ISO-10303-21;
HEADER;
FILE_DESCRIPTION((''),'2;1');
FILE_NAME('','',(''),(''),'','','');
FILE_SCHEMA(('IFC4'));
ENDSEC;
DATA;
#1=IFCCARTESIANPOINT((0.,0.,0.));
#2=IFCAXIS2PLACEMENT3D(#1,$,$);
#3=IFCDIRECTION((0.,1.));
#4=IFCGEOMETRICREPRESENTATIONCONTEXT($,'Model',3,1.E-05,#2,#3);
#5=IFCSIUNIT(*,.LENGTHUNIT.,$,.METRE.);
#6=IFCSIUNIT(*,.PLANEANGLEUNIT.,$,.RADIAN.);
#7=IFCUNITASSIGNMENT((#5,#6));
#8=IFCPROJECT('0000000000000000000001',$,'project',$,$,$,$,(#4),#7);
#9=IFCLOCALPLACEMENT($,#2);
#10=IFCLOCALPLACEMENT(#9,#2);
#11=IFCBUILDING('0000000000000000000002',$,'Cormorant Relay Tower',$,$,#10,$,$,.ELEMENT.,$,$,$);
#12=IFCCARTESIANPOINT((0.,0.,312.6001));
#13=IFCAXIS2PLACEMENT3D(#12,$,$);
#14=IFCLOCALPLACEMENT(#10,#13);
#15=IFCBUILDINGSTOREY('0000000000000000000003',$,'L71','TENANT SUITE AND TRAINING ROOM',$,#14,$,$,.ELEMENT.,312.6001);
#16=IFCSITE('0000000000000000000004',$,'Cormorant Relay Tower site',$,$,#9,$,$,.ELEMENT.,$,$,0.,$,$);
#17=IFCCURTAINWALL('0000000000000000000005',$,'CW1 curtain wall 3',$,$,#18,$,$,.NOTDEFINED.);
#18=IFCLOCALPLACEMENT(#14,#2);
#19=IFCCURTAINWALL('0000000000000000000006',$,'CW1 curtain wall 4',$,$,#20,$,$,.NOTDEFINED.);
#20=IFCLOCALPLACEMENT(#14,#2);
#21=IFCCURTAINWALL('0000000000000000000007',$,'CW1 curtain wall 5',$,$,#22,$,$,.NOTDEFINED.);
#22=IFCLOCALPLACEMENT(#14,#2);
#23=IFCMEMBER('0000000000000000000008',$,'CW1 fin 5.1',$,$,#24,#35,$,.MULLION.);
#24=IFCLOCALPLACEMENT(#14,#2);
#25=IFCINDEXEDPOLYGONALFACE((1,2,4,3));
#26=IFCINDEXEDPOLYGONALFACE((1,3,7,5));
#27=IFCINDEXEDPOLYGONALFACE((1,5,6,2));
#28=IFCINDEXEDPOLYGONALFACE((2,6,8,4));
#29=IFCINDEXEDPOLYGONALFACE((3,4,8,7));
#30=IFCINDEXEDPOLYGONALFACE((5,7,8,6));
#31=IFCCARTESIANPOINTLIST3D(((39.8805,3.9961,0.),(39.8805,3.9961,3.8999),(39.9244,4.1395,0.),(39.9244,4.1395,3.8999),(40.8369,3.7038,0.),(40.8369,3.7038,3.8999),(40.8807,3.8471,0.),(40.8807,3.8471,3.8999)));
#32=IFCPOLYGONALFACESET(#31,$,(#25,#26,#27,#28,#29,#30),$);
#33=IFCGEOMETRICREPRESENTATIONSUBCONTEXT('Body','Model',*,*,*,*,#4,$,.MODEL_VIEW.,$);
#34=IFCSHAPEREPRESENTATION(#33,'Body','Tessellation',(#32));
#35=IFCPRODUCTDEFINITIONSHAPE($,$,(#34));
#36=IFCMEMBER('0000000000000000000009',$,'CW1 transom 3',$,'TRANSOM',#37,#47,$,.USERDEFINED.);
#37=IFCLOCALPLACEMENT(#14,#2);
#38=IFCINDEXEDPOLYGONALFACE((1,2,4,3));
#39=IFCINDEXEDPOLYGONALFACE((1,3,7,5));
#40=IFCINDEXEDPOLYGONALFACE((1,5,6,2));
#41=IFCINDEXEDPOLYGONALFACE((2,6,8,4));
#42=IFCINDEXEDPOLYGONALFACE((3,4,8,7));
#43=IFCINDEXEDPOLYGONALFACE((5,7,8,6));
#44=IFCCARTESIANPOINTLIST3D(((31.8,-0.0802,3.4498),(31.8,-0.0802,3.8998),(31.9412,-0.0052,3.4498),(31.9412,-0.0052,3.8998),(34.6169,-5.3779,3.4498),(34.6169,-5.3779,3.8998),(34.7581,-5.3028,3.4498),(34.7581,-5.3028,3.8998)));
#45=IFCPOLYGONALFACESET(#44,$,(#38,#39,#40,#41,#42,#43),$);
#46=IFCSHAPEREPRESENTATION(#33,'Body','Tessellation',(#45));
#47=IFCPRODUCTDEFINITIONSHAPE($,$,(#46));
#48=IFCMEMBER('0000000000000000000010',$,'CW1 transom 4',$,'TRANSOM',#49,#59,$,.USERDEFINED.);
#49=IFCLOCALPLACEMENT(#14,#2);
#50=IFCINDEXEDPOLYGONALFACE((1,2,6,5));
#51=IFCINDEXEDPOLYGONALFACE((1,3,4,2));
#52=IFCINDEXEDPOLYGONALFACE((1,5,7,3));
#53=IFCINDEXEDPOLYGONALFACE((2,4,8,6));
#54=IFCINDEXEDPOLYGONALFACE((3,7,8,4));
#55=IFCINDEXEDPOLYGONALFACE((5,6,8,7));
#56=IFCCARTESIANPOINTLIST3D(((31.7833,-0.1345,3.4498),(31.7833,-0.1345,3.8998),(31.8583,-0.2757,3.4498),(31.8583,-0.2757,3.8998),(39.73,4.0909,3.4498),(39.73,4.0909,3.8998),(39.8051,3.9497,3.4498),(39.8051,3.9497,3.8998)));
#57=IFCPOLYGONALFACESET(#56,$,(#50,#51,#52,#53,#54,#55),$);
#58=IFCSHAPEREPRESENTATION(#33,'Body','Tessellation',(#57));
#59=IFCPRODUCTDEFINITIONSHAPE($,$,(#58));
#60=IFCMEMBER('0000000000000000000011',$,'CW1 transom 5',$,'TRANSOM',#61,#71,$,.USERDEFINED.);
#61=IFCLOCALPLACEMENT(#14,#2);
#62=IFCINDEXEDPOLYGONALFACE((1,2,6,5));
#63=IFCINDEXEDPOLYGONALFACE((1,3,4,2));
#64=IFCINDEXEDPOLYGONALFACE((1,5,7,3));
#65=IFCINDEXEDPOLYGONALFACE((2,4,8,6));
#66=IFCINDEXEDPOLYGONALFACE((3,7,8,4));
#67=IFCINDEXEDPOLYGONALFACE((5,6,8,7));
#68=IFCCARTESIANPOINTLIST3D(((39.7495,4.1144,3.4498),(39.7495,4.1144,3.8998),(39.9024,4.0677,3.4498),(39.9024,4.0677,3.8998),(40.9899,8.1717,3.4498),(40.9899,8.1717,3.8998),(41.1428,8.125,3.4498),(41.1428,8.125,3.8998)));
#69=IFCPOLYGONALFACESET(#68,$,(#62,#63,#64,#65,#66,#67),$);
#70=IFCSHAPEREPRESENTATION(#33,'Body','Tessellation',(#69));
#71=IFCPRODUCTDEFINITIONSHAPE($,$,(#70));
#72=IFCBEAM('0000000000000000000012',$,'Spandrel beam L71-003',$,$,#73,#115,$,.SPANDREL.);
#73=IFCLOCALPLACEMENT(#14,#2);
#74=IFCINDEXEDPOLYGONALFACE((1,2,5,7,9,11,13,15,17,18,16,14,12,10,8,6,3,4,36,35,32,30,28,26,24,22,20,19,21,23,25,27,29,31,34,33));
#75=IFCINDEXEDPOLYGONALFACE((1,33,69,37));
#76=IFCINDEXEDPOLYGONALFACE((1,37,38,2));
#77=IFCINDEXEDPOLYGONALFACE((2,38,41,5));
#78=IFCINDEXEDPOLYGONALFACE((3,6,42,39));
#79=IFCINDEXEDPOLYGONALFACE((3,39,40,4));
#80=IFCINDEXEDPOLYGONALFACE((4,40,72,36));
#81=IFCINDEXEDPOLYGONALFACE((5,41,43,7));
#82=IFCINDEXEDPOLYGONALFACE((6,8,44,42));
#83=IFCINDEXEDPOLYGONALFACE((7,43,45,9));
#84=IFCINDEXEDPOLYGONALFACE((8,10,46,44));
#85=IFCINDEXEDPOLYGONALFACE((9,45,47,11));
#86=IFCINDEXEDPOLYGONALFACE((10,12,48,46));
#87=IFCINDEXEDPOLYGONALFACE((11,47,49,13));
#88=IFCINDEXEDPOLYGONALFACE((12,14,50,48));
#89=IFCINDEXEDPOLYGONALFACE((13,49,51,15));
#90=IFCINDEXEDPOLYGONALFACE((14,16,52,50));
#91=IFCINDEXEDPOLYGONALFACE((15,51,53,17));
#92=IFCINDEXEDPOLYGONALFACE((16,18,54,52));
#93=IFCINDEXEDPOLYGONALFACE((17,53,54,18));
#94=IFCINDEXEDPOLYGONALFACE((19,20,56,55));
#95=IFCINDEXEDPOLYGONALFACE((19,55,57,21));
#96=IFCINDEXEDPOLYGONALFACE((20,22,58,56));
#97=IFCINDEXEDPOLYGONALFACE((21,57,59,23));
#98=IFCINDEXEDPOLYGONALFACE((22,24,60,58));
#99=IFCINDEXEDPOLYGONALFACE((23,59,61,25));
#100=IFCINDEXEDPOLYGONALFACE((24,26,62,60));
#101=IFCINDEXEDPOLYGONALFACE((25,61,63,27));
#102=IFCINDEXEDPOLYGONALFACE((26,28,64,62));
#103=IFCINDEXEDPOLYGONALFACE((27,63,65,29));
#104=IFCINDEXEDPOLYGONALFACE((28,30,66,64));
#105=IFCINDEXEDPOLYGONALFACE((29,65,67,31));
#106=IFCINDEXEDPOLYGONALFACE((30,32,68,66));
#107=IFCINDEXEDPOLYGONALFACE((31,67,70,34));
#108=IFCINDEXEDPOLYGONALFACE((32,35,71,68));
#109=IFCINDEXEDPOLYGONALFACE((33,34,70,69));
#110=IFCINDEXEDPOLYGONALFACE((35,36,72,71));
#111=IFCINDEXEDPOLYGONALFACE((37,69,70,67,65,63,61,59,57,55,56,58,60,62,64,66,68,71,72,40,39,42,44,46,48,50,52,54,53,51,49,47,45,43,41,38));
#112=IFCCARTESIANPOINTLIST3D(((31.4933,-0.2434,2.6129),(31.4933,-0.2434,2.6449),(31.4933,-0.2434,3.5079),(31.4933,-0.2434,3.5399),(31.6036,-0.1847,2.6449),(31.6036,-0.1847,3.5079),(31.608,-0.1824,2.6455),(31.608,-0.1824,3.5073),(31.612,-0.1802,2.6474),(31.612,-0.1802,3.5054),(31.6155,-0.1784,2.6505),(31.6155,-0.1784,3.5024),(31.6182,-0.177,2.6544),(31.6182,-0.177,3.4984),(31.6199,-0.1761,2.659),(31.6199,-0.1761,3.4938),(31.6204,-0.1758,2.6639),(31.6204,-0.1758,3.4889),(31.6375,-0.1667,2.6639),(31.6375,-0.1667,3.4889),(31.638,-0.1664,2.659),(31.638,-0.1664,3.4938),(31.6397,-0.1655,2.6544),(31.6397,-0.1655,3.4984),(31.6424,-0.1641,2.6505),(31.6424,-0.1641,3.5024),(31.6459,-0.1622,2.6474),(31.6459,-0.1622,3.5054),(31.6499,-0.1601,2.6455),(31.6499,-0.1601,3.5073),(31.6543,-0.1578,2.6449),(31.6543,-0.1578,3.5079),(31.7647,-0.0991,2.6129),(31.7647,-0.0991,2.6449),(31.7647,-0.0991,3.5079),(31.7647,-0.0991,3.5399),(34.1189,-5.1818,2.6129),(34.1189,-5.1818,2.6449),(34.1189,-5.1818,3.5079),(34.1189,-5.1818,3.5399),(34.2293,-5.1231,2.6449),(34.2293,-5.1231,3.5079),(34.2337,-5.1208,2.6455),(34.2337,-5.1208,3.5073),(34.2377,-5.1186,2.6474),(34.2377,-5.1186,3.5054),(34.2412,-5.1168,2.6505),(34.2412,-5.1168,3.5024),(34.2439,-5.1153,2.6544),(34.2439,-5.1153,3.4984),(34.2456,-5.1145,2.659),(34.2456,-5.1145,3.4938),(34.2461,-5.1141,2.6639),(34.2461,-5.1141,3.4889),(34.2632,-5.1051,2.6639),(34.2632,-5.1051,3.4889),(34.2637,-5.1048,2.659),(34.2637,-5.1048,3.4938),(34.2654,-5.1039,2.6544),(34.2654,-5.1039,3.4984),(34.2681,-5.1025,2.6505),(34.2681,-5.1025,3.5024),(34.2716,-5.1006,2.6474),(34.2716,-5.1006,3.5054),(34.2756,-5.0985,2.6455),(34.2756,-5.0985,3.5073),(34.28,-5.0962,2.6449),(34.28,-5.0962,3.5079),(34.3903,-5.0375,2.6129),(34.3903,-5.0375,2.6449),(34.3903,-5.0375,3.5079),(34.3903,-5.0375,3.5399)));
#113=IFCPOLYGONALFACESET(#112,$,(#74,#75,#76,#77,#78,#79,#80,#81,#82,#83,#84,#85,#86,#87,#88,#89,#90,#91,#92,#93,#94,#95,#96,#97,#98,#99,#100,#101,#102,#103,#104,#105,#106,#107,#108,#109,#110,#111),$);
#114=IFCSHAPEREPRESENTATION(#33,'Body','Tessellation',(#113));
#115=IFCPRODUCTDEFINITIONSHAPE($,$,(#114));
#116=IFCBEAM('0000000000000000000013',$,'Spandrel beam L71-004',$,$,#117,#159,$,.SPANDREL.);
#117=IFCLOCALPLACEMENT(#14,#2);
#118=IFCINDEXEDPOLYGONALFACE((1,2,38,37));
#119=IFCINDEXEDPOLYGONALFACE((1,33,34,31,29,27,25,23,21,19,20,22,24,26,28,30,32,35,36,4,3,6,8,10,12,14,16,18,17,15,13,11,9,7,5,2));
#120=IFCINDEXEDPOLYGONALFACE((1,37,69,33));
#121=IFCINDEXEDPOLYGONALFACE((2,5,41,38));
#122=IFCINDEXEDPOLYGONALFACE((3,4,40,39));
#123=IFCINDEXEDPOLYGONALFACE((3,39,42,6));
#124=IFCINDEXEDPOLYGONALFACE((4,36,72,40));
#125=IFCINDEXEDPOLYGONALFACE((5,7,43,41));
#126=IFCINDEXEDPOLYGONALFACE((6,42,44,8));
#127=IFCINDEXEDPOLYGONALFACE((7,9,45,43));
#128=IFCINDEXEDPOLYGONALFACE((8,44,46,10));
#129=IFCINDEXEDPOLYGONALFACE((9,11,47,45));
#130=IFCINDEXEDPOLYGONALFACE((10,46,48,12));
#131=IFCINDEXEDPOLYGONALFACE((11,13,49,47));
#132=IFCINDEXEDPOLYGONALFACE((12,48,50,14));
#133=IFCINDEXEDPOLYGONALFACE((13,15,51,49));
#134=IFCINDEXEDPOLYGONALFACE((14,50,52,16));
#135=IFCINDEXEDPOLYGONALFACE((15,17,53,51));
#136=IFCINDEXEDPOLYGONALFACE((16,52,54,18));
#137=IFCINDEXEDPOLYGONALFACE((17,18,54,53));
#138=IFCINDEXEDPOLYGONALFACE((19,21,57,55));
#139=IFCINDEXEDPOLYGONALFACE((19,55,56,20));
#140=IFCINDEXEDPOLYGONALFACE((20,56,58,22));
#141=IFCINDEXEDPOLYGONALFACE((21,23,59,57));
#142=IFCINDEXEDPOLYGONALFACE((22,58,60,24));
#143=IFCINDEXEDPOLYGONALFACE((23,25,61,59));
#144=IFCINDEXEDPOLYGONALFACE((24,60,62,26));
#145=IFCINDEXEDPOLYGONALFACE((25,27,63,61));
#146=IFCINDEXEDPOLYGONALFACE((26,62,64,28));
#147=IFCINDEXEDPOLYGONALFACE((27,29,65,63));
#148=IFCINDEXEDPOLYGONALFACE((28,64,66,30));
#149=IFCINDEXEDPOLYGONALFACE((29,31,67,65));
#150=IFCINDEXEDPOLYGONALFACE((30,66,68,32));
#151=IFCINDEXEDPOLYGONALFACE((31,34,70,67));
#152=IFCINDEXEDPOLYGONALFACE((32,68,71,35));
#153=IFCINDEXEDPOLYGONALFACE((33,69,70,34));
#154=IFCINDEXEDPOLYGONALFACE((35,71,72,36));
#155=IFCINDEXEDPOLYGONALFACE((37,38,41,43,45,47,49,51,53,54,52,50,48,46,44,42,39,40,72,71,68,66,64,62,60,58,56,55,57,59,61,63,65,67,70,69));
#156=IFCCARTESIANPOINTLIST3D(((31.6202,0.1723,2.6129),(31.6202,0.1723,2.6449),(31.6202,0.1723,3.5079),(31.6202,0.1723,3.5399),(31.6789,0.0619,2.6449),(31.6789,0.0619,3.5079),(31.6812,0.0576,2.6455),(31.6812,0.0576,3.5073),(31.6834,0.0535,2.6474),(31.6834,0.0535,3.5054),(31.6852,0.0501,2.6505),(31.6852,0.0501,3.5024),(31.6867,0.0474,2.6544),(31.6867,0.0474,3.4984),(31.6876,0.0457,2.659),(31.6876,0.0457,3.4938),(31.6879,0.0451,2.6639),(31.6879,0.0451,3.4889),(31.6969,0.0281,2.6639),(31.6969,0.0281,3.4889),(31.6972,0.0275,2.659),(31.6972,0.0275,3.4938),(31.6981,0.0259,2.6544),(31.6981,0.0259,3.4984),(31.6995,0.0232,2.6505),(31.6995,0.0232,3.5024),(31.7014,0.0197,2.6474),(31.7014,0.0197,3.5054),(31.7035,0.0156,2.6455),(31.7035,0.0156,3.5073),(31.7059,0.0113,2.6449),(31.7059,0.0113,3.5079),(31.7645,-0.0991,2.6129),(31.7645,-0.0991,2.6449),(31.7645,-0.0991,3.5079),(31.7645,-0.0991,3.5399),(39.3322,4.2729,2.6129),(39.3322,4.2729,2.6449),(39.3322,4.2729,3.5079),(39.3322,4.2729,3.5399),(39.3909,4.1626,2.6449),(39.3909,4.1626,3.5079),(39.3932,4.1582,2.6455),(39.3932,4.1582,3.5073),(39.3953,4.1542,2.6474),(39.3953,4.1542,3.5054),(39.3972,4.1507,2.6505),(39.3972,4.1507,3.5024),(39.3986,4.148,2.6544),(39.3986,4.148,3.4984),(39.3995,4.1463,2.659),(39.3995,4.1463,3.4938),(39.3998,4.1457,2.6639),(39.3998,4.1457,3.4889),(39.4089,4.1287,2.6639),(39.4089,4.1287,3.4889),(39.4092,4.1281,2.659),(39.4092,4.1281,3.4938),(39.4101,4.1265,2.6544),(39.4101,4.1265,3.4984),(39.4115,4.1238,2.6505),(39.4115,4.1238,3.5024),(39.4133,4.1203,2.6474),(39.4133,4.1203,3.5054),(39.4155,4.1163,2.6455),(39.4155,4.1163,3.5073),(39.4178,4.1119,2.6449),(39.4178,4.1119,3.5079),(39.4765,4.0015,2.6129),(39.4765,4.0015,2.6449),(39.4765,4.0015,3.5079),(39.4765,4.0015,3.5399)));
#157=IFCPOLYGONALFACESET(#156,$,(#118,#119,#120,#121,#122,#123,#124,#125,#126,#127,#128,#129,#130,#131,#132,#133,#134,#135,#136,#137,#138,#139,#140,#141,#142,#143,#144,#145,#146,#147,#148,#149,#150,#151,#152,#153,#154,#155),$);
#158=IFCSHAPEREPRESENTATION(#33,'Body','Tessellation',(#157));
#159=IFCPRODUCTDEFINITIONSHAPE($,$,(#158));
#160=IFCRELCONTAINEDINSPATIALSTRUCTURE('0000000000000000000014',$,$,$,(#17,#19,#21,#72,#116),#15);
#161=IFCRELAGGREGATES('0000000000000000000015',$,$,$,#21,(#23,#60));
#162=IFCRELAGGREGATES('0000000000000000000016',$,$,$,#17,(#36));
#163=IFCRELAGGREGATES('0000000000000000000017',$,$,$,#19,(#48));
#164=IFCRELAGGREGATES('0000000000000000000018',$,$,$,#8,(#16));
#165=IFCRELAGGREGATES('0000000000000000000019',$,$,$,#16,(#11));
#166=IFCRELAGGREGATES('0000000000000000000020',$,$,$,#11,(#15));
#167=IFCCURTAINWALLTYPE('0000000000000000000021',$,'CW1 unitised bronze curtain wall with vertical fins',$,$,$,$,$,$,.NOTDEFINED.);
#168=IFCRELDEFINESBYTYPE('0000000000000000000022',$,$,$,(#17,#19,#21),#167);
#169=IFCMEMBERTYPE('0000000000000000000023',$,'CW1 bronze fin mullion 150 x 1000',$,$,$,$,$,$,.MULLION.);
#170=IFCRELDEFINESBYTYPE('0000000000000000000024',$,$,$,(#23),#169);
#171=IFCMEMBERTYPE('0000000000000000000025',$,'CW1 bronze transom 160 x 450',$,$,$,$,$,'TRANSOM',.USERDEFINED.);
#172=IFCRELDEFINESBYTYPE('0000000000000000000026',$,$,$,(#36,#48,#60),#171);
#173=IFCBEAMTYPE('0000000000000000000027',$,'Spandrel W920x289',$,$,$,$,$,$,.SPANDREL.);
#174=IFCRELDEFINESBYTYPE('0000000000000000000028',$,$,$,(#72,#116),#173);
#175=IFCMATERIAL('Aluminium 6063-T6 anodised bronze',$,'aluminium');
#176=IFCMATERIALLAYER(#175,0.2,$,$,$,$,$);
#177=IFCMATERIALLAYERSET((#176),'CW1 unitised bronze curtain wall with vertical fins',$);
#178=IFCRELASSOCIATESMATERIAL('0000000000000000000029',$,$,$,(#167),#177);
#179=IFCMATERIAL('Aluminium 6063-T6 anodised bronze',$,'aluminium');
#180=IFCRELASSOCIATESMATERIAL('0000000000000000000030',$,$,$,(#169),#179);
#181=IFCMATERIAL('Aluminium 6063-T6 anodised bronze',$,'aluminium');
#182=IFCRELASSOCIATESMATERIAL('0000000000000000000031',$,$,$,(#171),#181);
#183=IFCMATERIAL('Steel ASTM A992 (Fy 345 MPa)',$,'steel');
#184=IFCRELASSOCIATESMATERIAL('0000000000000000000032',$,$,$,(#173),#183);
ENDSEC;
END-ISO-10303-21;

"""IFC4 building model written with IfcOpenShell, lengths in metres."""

from ifc_helpers import new_model, si_unit, direction, frame, origin, origin_2d, place, context, subcontext, project, spatial, rectangle, i_section, extrude, material, layer, layer_set, material_profile, profile_set, type_object, element, aggregate, save


model = new_model("IFC4")

# Units and contexts
model_context = context("Model", 3, precision=1e-05, world=origin(), true_north=direction((0.0, 1.0)))
body_context = subcontext(model_context, "Body", "Model", "MODEL_VIEW")
ifc_project = project(units=[si_unit("LENGTHUNIT", "METRE"), si_unit("PLANEANGLEUNIT", "RADIAN")], contexts=[model_context])

# Site, building, storey
site_placement = place(None, origin())
site = spatial("IfcSite", under=ifc_project, at=site_placement, Name="Cormorant Relay Tower site", CompositionType="ELEMENT", RefElevation=0.0)
building_placement = place(site_placement, origin())
building = spatial("IfcBuilding", under=site, at=building_placement, Name="Cormorant Relay Tower", CompositionType="ELEMENT")
storey_placement = place(building_placement, frame((0.0, 0.0, 312.6001)))
storey = spatial("IfcBuildingStorey", under=building, at=storey_placement, Name="L71", Description="TENANT SUITE AND TRAINING ROOM", CompositionType="ELEMENT", Elevation=312.6001)

# Curtain wall
ifc_material_1 = material(Name="Aluminium 6063-T6 anodised bronze", Category="aluminium")
ifc_layer_1 = layer(ifc_material_1, 0.2)
ifc_layer_set_1 = layer_set([ifc_layer_1], Name="CW1 unitised bronze curtain wall with vertical fins")
curtain_wall_type = type_object("IfcCurtainWallType", Name="CW1 unitised bronze curtain wall with vertical fins", PredefinedType="NOTDEFINED", material=ifc_layer_set_1)
ifc_material_2 = material(Name="Aluminium 6063-T6 anodised bronze", Category="aluminium")
ifc_material_profile_1 = material_profile(ifc_material_2, rectangle(XDim=0.1499, YDim=1.0, at=origin_2d()), Name="AL 150x1000")
ifc_profile_set_1 = profile_set([ifc_material_profile_1], Name="Aluminium 6063-T6 anodised bronze")
member_type_1 = type_object("IfcMemberType", Name="CW1 bronze fin mullion 150 x 1000", PredefinedType="MULLION", material=ifc_profile_set_1)
curtain_wall_1_placement = place(storey_placement, origin())
curtain_wall_1 = element("IfcCurtainWall", 1, at=curtain_wall_1_placement, inside=storey, type_object=curtain_wall_type, Name="CW1 curtain wall 3", PredefinedType="NOTDEFINED")

# Curtain wall
curtain_wall_2_placement = place(storey_placement, origin())
curtain_wall_2 = element("IfcCurtainWall", 2, at=curtain_wall_2_placement, inside=storey, type_object=curtain_wall_type, Name="CW1 curtain wall 4", PredefinedType="NOTDEFINED")

# Curtain wall, member
curtain_wall_3_placement = place(storey_placement, origin())
curtain_wall_3 = element("IfcCurtainWall", 3, at=curtain_wall_3_placement, inside=storey, type_object=curtain_wall_type, Name="CW1 curtain wall 5", PredefinedType="NOTDEFINED")
member_1_placement = place(storey_placement, frame((40.3806, 3.9216, 0.0), z_axis=(0.0, 0.0, 1.0), x_axis=(0.292372, 0.956305, 0.0)))
member_1 = element("IfcMember", 4, at=member_1_placement, type_object=member_type_1, Name="CW1 fin 5.1", PredefinedType="MULLION", context=body_context, shape_type="SweptSolid", body=[
    extrude(rectangle(XDim=0.1499, YDim=1.0, at=origin_2d()), origin(), (0.0, 0.0, 1.0), 3.8999),
])

# Members
ifc_material_3 = material(Name="Aluminium 6063-T6 anodised bronze", Category="aluminium")
ifc_material_profile_2 = material_profile(ifc_material_3, rectangle(XDim=0.1599, YDim=0.45, at=origin_2d()), Name="AL 160x450")
ifc_profile_set_2 = profile_set([ifc_material_profile_2], Name="Aluminium 6063-T6 anodised bronze")
member_type_2 = type_object("IfcMemberType", Name="CW1 bronze transom 160 x 450", ElementType="TRANSOM", PredefinedType="USERDEFINED", material=ifc_profile_set_2)
member_2_placement = place(storey_placement, frame((34.6875, -5.3403, 3.6748), z_axis=(-0.469485, 0.88294, 0.0), x_axis=(-0.88294, -0.469485, 0.0)))
member_2 = element("IfcMember", 5, at=member_2_placement, type_object=member_type_2, Name="CW1 transom 3", ObjectType="TRANSOM", PredefinedType="USERDEFINED", context=body_context, shape_type="SweptSolid", body=[
    extrude(rectangle(XDim=0.1599, YDim=0.45, at=origin_2d()), origin(), (0.0, 0.0, 1.0), 6.0),
])
member_3_placement = place(storey_placement, frame((31.8208, -0.2051, 3.6748), z_axis=(0.882949, 0.469469, 0.0), x_axis=(-0.469469, 0.882949, 0.0)))
member_3 = element("IfcMember", 6, at=member_3_placement, type_object=member_type_2, Name="CW1 transom 4", ObjectType="TRANSOM", PredefinedType="USERDEFINED", context=body_context, shape_type="SweptSolid", body=[
    extrude(rectangle(XDim=0.1599, YDim=0.45, at=origin_2d()), origin(), (0.0, 0.0, 1.0), 9.0002),
])
member_4_placement = place(storey_placement, frame((39.8259, 4.0911, 3.6748), z_axis=(0.292375, 0.956304, 0.0), x_axis=(-0.956304, 0.292375, 0.0)))
member_4 = element("IfcMember", 7, at=member_4_placement, type_object=member_type_2, Name="CW1 transom 5", ObjectType="TRANSOM", PredefinedType="USERDEFINED", context=body_context, shape_type="SweptSolid", body=[
    extrude(rectangle(XDim=0.1599, YDim=0.45, at=origin_2d()), origin(), (0.0, 0.0, 1.0), 4.2427),
])
aggregate(curtain_wall_3, [member_1, member_4])

# Beams
ifc_material_4 = material(Name="Steel ASTM A992 (Fy 345 MPa)", Category="steel")
ifc_material_profile_3 = material_profile(ifc_material_4, i_section(OverallWidth=0.3074, OverallDepth=0.927, WebThickness=0.0193, FlangeThickness=0.032, FilletRadius=0.019, at=origin_2d()), Name="W920x289")
ifc_profile_set_3 = profile_set([ifc_material_profile_3], Name="Steel ASTM A992 (Fy 345 MPa)")
beam_type = type_object("IfcBeamType", Name="Spandrel W920x289", PredefinedType="SPANDREL", material=ifc_profile_set_3)
beam_1_placement = place(storey_placement, frame((34.2546, -5.1096, 3.0764), z_axis=(-0.469457, 0.882955, 0.0), x_axis=(-0.882955, -0.469457, 0.0)))
element("IfcBeam", 8, at=beam_1_placement, inside=storey, type_object=beam_type, Name="Spandrel beam L71-003", PredefinedType="SPANDREL", context=body_context, shape_type="SweptSolid", body=[
    extrude(i_section(OverallWidth=0.3074, OverallDepth=0.927, WebThickness=0.0193, FlangeThickness=0.032, FilletRadius=0.019, at=origin_2d()), origin(), (0.0, 0.0, 1.0), 5.593),
])
beam_2_placement = place(storey_placement, frame((31.6924, 0.0366, 3.0764), z_axis=(0.882943, 0.469479, 0.0), x_axis=(-0.469479, 0.882943, 0.0)))
element("IfcBeam", 9, at=beam_2_placement, inside=storey, type_object=beam_type, Name="Spandrel beam L71-004", PredefinedType="SPANDREL", context=body_context, shape_type="SweptSolid", body=[
    extrude(i_section(OverallWidth=0.3074, OverallDepth=0.927, WebThickness=0.0193, FlangeThickness=0.032, FilletRadius=0.019, at=origin_2d()), origin(), (0.0, 0.0, 1.0), 8.7344),
])

aggregate(curtain_wall_1, [member_2])
aggregate(curtain_wall_2, [member_3])

save(model, "model.ifc")
